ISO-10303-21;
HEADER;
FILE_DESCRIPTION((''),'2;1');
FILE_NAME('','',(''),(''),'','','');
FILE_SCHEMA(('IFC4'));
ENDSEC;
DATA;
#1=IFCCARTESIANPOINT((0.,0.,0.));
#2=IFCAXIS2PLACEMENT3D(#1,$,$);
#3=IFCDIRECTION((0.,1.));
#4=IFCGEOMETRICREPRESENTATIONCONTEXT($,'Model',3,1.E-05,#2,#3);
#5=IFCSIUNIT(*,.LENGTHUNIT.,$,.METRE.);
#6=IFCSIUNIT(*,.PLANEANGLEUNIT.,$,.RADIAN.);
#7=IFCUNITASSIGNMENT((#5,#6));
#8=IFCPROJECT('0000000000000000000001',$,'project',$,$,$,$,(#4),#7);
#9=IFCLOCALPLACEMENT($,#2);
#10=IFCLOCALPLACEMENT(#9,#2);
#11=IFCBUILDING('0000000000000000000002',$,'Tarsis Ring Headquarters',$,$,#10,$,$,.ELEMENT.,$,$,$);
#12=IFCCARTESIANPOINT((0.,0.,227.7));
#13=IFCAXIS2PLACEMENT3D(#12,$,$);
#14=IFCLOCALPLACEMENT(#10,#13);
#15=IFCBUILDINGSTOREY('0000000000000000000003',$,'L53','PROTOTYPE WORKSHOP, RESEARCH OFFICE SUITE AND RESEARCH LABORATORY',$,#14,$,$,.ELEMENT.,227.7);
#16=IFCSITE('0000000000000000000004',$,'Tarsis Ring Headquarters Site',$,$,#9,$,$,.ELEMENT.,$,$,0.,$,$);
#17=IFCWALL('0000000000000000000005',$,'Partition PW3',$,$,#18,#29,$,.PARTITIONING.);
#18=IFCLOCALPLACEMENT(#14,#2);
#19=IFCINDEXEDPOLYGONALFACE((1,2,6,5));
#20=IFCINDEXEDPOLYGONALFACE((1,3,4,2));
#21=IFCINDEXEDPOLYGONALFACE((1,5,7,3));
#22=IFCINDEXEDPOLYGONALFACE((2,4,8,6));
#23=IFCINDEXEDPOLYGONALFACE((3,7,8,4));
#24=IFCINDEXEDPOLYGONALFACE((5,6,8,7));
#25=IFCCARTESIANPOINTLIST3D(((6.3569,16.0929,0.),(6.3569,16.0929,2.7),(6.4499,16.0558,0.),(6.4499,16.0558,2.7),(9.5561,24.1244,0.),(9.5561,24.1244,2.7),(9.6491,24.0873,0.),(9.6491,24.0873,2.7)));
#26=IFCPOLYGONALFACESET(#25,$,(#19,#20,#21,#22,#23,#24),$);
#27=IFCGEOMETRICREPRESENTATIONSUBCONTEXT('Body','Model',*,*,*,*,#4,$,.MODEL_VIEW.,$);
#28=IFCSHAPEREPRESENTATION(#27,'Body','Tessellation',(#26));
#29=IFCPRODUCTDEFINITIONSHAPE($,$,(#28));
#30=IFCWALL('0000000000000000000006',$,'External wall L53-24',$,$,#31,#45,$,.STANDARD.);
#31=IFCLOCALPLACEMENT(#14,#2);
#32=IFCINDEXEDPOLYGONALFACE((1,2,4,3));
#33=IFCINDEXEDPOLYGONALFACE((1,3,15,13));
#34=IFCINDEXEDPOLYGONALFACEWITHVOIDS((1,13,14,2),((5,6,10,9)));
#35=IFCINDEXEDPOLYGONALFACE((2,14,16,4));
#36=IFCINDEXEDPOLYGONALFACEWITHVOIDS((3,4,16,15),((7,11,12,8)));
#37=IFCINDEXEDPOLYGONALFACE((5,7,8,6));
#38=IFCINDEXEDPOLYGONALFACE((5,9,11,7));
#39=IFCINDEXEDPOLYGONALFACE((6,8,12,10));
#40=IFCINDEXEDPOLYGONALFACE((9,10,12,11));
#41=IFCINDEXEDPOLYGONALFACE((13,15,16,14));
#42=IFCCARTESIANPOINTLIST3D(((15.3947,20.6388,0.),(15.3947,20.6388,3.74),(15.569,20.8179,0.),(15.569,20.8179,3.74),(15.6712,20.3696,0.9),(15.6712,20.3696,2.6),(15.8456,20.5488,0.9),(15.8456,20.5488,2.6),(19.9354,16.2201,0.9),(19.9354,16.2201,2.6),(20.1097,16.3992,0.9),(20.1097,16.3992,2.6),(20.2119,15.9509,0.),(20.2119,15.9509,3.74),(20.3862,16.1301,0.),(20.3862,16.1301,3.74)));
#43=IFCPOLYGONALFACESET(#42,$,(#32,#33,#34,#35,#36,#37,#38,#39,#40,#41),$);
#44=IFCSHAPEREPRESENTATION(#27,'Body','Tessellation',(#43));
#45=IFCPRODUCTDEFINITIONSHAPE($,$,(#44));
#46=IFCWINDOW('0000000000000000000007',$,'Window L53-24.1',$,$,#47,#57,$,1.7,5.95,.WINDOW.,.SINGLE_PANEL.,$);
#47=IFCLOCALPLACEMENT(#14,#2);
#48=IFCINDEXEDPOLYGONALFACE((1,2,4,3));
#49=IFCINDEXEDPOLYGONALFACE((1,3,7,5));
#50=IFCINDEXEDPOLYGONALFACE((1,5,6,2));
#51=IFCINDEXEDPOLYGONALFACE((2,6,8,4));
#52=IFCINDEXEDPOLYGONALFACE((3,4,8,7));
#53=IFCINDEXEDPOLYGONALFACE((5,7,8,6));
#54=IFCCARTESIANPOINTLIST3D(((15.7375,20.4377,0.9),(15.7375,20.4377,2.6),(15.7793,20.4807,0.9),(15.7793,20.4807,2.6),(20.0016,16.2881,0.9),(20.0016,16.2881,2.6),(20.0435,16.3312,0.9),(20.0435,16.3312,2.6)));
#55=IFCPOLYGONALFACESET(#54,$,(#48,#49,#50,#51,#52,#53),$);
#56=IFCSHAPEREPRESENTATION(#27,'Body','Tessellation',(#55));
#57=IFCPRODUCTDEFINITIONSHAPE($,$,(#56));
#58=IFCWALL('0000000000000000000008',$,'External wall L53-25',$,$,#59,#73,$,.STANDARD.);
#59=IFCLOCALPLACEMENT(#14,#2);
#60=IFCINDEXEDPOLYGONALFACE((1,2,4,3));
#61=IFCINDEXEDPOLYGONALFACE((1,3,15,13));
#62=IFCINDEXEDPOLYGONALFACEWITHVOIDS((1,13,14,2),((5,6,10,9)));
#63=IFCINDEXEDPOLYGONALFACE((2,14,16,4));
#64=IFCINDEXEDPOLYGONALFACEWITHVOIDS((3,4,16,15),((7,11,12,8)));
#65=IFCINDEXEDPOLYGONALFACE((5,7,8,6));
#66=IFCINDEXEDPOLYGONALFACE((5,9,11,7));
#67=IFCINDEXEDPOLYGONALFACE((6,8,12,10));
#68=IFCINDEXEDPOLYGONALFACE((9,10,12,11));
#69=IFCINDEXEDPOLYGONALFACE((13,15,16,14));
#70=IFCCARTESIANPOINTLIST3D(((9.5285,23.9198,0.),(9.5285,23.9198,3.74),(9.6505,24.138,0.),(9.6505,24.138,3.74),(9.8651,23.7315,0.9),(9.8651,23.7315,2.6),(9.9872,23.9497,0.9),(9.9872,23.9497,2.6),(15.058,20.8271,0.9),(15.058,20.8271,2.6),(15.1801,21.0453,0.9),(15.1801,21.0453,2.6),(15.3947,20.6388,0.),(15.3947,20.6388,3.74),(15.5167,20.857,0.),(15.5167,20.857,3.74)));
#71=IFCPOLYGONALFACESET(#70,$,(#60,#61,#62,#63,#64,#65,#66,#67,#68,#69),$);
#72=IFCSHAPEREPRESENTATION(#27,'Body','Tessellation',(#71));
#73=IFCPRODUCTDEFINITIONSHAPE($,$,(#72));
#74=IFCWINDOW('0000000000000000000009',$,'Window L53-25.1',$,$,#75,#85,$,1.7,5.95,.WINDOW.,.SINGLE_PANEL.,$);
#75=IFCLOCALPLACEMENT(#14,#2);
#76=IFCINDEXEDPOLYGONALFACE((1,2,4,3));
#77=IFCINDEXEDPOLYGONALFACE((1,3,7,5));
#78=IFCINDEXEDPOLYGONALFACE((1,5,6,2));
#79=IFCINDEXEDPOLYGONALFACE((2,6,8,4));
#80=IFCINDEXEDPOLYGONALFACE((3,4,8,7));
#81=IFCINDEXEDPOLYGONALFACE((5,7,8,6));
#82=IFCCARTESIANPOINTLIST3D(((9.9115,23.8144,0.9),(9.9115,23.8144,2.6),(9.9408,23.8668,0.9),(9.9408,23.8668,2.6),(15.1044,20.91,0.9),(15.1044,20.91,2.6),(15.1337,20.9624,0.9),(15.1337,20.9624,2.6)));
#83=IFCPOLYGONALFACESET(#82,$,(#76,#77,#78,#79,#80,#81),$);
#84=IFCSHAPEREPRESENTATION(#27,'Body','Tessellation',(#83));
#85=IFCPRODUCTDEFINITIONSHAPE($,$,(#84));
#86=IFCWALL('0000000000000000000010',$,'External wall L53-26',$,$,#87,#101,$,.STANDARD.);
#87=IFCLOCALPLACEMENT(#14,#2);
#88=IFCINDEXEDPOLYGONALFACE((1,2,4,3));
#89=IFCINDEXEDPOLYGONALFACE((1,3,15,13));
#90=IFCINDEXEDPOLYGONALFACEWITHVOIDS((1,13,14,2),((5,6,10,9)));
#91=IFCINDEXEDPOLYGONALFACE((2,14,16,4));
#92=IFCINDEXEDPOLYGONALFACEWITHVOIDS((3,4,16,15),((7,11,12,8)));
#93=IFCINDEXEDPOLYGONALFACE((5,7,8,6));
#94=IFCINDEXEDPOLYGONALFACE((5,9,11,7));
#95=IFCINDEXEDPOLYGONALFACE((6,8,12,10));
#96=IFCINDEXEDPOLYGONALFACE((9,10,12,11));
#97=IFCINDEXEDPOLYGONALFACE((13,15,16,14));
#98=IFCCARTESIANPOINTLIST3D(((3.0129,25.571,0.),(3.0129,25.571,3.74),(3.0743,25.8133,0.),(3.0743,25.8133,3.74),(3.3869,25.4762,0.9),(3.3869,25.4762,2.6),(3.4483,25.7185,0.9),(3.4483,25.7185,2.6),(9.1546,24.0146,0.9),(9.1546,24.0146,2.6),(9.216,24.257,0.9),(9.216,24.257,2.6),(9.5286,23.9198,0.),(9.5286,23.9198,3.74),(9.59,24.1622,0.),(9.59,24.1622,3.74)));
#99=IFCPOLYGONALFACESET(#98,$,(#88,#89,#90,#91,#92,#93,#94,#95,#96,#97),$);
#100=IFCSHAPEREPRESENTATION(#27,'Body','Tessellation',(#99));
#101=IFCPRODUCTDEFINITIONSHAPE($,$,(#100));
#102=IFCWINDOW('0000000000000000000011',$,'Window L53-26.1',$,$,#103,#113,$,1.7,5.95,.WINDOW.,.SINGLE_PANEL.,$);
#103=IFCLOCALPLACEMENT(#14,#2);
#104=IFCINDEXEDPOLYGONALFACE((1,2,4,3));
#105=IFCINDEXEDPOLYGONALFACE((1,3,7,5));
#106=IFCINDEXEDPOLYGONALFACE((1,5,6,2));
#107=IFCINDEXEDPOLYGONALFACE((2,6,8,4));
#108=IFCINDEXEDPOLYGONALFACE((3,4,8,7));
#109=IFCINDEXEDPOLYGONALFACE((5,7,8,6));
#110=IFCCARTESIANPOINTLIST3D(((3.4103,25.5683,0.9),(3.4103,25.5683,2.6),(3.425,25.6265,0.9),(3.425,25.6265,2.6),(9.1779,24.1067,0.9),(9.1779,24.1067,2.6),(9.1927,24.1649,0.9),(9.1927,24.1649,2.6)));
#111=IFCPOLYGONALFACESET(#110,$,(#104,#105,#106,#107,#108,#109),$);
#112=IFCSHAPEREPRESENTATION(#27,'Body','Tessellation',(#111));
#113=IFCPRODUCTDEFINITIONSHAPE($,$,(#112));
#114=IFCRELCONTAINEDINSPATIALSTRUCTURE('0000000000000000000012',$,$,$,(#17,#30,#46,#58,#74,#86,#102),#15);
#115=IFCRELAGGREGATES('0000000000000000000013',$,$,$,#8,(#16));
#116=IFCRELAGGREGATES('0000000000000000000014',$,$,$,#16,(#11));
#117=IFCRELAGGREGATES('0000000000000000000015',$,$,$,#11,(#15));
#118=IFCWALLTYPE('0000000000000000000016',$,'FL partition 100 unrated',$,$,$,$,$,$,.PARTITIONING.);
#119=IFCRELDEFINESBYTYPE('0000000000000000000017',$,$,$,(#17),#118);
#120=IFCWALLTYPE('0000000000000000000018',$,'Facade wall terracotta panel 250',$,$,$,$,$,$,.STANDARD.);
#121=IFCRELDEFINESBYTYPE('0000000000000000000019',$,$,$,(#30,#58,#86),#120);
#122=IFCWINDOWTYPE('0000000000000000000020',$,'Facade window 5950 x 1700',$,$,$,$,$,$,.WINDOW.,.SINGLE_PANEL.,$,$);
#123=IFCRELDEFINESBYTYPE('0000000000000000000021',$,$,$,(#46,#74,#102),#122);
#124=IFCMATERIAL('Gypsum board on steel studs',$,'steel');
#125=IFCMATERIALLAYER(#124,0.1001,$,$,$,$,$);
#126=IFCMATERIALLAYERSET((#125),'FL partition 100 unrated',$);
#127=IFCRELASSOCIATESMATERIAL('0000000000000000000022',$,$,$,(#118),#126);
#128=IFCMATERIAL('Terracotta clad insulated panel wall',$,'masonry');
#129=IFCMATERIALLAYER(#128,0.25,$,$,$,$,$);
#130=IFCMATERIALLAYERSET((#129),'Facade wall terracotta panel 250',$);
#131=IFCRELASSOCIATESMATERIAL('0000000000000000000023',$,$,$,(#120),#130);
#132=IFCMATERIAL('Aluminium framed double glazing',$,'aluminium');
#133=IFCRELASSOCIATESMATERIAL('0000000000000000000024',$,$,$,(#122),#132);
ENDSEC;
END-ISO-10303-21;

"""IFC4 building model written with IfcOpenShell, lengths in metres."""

from ifc_helpers import new_model, si_unit, direction, frame, frame_2d, origin, place, context, subcontext, project, spatial, rectangle, extrude, material, layer, layer_set, type_object, element, fill, save


model = new_model("IFC4")

# Units and contexts
model_context = context("Model", 3, precision=1e-05, world=origin(), true_north=direction((0.0, 1.0)))
body_context = subcontext(model_context, "Body", "Model", "MODEL_VIEW")
ifc_project = project(units=[si_unit("LENGTHUNIT", "METRE"), si_unit("PLANEANGLEUNIT", "RADIAN")], contexts=[model_context])

# Site, building, storey
site_placement = place(None, origin())
site = spatial("IfcSite", under=ifc_project, at=site_placement, Name="Tarsis Ring Headquarters Site", CompositionType="ELEMENT", RefElevation=0.0)
building_placement = place(site_placement, origin())
building = spatial("IfcBuilding", under=site, at=building_placement, Name="Tarsis Ring Headquarters", CompositionType="ELEMENT")
storey_placement = place(building_placement, frame((0.0, 0.0, 227.7)))
storey = spatial("IfcBuildingStorey", under=building, at=storey_placement, Name="L53", Description="PROTOTYPE WORKSHOP, RESEARCH OFFICE SUITE AND RESEARCH LABORATORY", CompositionType="ELEMENT", Elevation=227.7)

# Wall
ifc_material_1 = material(Name="Gypsum board on steel studs", Category="steel")
ifc_layer_1 = layer(ifc_material_1, 0.1001)
ifc_layer_set_1 = layer_set([ifc_layer_1], Name="FL partition 100 unrated")
wall_type_1 = type_object("IfcWallType", Name="FL partition 100 unrated", PredefinedType="PARTITIONING", material=ifc_layer_set_1)
wall_1_placement = place(storey_placement, frame((6.4033, 16.0742, 0.0), z_axis=(0.0, 0.0, 1.0), x_axis=(0.370056, 0.929009, 0.0)))
element("IfcWall", 1, at=wall_1_placement, inside=storey, type_object=wall_type_1, Name="Partition PW3", PredefinedType="PARTITIONING", context=body_context, shape_type="SweptSolid", body=[
    extrude(rectangle(XDim=8.6453, YDim=0.1001, at=frame_2d((4.3228, 0.0))), origin(), (0.0, 0.0, 1.0), 2.7),
])

# Walls, openings, windows
ifc_material_2 = material(Name="Terracotta clad insulated panel wall", Category="masonry")
ifc_layer_2 = layer(ifc_material_2, 0.25)
ifc_layer_set_2 = layer_set([ifc_layer_2], Name="Facade wall terracotta panel 250")
wall_type_2 = type_object("IfcWallType", Name="Facade wall terracotta panel 250", PredefinedType="STANDARD", material=ifc_layer_set_2)
wall_2_placement = place(storey_placement, frame((20.2991, 16.0405, 0.0), z_axis=(0.0, 0.0, 1.0), x_axis=(-0.716667, 0.697416, 0.0)))
wall_2 = element("IfcWall", 2, at=wall_2_placement, inside=storey, type_object=wall_type_2, Name="External wall L53-24", PredefinedType="STANDARD", context=body_context, shape_type="SweptSolid", body=[
    extrude(rectangle(XDim=6.7217, YDim=0.25, at=frame_2d((3.3608, 0.0))), origin(), (0.0, 0.0, 1.0), 3.74),
])
opening_1_placement = place(wall_2_placement, frame((0.3857, 0.0, 0.8999)))
opening_1 = element("IfcOpeningElement", 3, at=opening_1_placement, cuts=wall_2, PredefinedType="OPENING", context=body_context, shape_type="SweptSolid", body=[
    extrude(rectangle(XDim=5.95, YDim=1.7, at=frame_2d((2.9751, 0.8501))), frame((0.0, 0.135, 0.0), z_axis=(0.0, -1.0, 0.0), x_axis=(1.0, 0.0, 0.0)), (0.0, 0.0, 1.0), 0.27),
])
ifc_material_3 = material(Name="Aluminium framed double glazing", Category="aluminium")
window_type = type_object("IfcWindowType", Name="Facade window 5950 x 1700", PartitioningType="SINGLE_PANEL", PredefinedType="WINDOW", material=ifc_material_3)
window_1_placement = place(opening_1_placement, origin())
window_1 = element("IfcWindow", 4, at=window_1_placement, inside=storey, type_object=window_type, Name="Window L53-24.1", OverallHeight=1.7, OverallWidth=5.95, PartitioningType="SINGLE_PANEL", PredefinedType="WINDOW", context=body_context, shape_type="SweptSolid", body=[
    extrude(rectangle(XDim=5.95, YDim=1.7, at=frame_2d((2.9751, 0.8501))), frame((0.0, 0.03, 0.0), z_axis=(0.0, -1.0, 0.0), x_axis=(1.0, 0.0, 0.0)), (0.0, 0.0, 1.0), 0.0601),
])
fill(opening_1, window_1)
wall_3_placement = place(storey_placement, frame((15.4558, 20.7478, 0.0), z_axis=(0.0, 0.0, 1.0), x_axis=(-0.872764, 0.488142, 0.0)))
wall_3 = element("IfcWall", 5, at=wall_3_placement, inside=storey, type_object=wall_type_2, Name="External wall L53-25", PredefinedType="STANDARD", context=body_context, shape_type="SweptSolid", body=[
    extrude(rectangle(XDim=6.7214, YDim=0.25, at=frame_2d((3.3608, 0.0))), origin(), (0.0, 0.0, 1.0), 3.74),
])
opening_2_placement = place(wall_3_placement, frame((0.3857, 0.0, 0.8999)))
opening_2 = element("IfcOpeningElement", 6, at=opening_2_placement, cuts=wall_3, PredefinedType="OPENING", context=body_context, shape_type="SweptSolid", body=[
    extrude(rectangle(XDim=5.95, YDim=1.7, at=frame_2d((2.9751, 0.8501))), frame((0.0, 0.135, 0.0), z_axis=(0.0, -1.0, 0.0), x_axis=(1.0, 0.0, 0.0)), (0.0, 0.0, 1.0), 0.27),
])
window_2_placement = place(opening_2_placement, origin())
window_2 = element("IfcWindow", 7, at=window_2_placement, inside=storey, type_object=window_type, Name="Window L53-25.1", OverallHeight=1.7, OverallWidth=5.95, PartitioningType="SINGLE_PANEL", PredefinedType="WINDOW", context=body_context, shape_type="SweptSolid", body=[
    extrude(rectangle(XDim=5.95, YDim=1.7, at=frame_2d((2.9751, 0.8501))), frame((0.0, 0.03, 0.0), z_axis=(0.0, -1.0, 0.0), x_axis=(1.0, 0.0, 0.0)), (0.0, 0.0, 1.0), 0.0601),
])
fill(opening_2, window_2)
wall_4_placement = place(storey_placement, frame((9.5593, 24.041, 0.0), z_axis=(0.0, 0.0, 1.0), x_axis=(-0.96936, 0.245645, 0.0)))
wall_4 = element("IfcWall", 8, at=wall_4_placement, inside=storey, type_object=wall_type_2, Name="External wall L53-26", PredefinedType="STANDARD", context=body_context, shape_type="SweptSolid", body=[
    extrude(rectangle(XDim=6.7217, YDim=0.25, at=frame_2d((3.3608, 0.0))), origin(), (0.0, 0.0, 1.0), 3.74),
])
opening_3_placement = place(wall_4_placement, frame((0.3857, 0.0, 0.8999)))
opening_3 = element("IfcOpeningElement", 9, at=opening_3_placement, cuts=wall_4, PredefinedType="OPENING", context=body_context, shape_type="SweptSolid", body=[
    extrude(rectangle(XDim=5.95, YDim=1.7, at=frame_2d((2.9751, 0.8501))), frame((0.0, 0.135, 0.0), z_axis=(0.0, -1.0, 0.0), x_axis=(1.0, 0.0, 0.0)), (0.0, 0.0, 1.0), 0.27),
])
window_3_placement = place(opening_3_placement, origin())
window_3 = element("IfcWindow", 10, at=window_3_placement, inside=storey, type_object=window_type, Name="Window L53-26.1", OverallHeight=1.7, OverallWidth=5.95, PartitioningType="SINGLE_PANEL", PredefinedType="WINDOW", context=body_context, shape_type="SweptSolid", body=[
    extrude(rectangle(XDim=5.95, YDim=1.7, at=frame_2d((2.9751, 0.8501))), frame((0.0, 0.03, 0.0), z_axis=(0.0, -1.0, 0.0), x_axis=(1.0, 0.0, 0.0)), (0.0, 0.0, 1.0), 0.0601),
])
fill(opening_3, window_3)

save(model, "model.ifc")
